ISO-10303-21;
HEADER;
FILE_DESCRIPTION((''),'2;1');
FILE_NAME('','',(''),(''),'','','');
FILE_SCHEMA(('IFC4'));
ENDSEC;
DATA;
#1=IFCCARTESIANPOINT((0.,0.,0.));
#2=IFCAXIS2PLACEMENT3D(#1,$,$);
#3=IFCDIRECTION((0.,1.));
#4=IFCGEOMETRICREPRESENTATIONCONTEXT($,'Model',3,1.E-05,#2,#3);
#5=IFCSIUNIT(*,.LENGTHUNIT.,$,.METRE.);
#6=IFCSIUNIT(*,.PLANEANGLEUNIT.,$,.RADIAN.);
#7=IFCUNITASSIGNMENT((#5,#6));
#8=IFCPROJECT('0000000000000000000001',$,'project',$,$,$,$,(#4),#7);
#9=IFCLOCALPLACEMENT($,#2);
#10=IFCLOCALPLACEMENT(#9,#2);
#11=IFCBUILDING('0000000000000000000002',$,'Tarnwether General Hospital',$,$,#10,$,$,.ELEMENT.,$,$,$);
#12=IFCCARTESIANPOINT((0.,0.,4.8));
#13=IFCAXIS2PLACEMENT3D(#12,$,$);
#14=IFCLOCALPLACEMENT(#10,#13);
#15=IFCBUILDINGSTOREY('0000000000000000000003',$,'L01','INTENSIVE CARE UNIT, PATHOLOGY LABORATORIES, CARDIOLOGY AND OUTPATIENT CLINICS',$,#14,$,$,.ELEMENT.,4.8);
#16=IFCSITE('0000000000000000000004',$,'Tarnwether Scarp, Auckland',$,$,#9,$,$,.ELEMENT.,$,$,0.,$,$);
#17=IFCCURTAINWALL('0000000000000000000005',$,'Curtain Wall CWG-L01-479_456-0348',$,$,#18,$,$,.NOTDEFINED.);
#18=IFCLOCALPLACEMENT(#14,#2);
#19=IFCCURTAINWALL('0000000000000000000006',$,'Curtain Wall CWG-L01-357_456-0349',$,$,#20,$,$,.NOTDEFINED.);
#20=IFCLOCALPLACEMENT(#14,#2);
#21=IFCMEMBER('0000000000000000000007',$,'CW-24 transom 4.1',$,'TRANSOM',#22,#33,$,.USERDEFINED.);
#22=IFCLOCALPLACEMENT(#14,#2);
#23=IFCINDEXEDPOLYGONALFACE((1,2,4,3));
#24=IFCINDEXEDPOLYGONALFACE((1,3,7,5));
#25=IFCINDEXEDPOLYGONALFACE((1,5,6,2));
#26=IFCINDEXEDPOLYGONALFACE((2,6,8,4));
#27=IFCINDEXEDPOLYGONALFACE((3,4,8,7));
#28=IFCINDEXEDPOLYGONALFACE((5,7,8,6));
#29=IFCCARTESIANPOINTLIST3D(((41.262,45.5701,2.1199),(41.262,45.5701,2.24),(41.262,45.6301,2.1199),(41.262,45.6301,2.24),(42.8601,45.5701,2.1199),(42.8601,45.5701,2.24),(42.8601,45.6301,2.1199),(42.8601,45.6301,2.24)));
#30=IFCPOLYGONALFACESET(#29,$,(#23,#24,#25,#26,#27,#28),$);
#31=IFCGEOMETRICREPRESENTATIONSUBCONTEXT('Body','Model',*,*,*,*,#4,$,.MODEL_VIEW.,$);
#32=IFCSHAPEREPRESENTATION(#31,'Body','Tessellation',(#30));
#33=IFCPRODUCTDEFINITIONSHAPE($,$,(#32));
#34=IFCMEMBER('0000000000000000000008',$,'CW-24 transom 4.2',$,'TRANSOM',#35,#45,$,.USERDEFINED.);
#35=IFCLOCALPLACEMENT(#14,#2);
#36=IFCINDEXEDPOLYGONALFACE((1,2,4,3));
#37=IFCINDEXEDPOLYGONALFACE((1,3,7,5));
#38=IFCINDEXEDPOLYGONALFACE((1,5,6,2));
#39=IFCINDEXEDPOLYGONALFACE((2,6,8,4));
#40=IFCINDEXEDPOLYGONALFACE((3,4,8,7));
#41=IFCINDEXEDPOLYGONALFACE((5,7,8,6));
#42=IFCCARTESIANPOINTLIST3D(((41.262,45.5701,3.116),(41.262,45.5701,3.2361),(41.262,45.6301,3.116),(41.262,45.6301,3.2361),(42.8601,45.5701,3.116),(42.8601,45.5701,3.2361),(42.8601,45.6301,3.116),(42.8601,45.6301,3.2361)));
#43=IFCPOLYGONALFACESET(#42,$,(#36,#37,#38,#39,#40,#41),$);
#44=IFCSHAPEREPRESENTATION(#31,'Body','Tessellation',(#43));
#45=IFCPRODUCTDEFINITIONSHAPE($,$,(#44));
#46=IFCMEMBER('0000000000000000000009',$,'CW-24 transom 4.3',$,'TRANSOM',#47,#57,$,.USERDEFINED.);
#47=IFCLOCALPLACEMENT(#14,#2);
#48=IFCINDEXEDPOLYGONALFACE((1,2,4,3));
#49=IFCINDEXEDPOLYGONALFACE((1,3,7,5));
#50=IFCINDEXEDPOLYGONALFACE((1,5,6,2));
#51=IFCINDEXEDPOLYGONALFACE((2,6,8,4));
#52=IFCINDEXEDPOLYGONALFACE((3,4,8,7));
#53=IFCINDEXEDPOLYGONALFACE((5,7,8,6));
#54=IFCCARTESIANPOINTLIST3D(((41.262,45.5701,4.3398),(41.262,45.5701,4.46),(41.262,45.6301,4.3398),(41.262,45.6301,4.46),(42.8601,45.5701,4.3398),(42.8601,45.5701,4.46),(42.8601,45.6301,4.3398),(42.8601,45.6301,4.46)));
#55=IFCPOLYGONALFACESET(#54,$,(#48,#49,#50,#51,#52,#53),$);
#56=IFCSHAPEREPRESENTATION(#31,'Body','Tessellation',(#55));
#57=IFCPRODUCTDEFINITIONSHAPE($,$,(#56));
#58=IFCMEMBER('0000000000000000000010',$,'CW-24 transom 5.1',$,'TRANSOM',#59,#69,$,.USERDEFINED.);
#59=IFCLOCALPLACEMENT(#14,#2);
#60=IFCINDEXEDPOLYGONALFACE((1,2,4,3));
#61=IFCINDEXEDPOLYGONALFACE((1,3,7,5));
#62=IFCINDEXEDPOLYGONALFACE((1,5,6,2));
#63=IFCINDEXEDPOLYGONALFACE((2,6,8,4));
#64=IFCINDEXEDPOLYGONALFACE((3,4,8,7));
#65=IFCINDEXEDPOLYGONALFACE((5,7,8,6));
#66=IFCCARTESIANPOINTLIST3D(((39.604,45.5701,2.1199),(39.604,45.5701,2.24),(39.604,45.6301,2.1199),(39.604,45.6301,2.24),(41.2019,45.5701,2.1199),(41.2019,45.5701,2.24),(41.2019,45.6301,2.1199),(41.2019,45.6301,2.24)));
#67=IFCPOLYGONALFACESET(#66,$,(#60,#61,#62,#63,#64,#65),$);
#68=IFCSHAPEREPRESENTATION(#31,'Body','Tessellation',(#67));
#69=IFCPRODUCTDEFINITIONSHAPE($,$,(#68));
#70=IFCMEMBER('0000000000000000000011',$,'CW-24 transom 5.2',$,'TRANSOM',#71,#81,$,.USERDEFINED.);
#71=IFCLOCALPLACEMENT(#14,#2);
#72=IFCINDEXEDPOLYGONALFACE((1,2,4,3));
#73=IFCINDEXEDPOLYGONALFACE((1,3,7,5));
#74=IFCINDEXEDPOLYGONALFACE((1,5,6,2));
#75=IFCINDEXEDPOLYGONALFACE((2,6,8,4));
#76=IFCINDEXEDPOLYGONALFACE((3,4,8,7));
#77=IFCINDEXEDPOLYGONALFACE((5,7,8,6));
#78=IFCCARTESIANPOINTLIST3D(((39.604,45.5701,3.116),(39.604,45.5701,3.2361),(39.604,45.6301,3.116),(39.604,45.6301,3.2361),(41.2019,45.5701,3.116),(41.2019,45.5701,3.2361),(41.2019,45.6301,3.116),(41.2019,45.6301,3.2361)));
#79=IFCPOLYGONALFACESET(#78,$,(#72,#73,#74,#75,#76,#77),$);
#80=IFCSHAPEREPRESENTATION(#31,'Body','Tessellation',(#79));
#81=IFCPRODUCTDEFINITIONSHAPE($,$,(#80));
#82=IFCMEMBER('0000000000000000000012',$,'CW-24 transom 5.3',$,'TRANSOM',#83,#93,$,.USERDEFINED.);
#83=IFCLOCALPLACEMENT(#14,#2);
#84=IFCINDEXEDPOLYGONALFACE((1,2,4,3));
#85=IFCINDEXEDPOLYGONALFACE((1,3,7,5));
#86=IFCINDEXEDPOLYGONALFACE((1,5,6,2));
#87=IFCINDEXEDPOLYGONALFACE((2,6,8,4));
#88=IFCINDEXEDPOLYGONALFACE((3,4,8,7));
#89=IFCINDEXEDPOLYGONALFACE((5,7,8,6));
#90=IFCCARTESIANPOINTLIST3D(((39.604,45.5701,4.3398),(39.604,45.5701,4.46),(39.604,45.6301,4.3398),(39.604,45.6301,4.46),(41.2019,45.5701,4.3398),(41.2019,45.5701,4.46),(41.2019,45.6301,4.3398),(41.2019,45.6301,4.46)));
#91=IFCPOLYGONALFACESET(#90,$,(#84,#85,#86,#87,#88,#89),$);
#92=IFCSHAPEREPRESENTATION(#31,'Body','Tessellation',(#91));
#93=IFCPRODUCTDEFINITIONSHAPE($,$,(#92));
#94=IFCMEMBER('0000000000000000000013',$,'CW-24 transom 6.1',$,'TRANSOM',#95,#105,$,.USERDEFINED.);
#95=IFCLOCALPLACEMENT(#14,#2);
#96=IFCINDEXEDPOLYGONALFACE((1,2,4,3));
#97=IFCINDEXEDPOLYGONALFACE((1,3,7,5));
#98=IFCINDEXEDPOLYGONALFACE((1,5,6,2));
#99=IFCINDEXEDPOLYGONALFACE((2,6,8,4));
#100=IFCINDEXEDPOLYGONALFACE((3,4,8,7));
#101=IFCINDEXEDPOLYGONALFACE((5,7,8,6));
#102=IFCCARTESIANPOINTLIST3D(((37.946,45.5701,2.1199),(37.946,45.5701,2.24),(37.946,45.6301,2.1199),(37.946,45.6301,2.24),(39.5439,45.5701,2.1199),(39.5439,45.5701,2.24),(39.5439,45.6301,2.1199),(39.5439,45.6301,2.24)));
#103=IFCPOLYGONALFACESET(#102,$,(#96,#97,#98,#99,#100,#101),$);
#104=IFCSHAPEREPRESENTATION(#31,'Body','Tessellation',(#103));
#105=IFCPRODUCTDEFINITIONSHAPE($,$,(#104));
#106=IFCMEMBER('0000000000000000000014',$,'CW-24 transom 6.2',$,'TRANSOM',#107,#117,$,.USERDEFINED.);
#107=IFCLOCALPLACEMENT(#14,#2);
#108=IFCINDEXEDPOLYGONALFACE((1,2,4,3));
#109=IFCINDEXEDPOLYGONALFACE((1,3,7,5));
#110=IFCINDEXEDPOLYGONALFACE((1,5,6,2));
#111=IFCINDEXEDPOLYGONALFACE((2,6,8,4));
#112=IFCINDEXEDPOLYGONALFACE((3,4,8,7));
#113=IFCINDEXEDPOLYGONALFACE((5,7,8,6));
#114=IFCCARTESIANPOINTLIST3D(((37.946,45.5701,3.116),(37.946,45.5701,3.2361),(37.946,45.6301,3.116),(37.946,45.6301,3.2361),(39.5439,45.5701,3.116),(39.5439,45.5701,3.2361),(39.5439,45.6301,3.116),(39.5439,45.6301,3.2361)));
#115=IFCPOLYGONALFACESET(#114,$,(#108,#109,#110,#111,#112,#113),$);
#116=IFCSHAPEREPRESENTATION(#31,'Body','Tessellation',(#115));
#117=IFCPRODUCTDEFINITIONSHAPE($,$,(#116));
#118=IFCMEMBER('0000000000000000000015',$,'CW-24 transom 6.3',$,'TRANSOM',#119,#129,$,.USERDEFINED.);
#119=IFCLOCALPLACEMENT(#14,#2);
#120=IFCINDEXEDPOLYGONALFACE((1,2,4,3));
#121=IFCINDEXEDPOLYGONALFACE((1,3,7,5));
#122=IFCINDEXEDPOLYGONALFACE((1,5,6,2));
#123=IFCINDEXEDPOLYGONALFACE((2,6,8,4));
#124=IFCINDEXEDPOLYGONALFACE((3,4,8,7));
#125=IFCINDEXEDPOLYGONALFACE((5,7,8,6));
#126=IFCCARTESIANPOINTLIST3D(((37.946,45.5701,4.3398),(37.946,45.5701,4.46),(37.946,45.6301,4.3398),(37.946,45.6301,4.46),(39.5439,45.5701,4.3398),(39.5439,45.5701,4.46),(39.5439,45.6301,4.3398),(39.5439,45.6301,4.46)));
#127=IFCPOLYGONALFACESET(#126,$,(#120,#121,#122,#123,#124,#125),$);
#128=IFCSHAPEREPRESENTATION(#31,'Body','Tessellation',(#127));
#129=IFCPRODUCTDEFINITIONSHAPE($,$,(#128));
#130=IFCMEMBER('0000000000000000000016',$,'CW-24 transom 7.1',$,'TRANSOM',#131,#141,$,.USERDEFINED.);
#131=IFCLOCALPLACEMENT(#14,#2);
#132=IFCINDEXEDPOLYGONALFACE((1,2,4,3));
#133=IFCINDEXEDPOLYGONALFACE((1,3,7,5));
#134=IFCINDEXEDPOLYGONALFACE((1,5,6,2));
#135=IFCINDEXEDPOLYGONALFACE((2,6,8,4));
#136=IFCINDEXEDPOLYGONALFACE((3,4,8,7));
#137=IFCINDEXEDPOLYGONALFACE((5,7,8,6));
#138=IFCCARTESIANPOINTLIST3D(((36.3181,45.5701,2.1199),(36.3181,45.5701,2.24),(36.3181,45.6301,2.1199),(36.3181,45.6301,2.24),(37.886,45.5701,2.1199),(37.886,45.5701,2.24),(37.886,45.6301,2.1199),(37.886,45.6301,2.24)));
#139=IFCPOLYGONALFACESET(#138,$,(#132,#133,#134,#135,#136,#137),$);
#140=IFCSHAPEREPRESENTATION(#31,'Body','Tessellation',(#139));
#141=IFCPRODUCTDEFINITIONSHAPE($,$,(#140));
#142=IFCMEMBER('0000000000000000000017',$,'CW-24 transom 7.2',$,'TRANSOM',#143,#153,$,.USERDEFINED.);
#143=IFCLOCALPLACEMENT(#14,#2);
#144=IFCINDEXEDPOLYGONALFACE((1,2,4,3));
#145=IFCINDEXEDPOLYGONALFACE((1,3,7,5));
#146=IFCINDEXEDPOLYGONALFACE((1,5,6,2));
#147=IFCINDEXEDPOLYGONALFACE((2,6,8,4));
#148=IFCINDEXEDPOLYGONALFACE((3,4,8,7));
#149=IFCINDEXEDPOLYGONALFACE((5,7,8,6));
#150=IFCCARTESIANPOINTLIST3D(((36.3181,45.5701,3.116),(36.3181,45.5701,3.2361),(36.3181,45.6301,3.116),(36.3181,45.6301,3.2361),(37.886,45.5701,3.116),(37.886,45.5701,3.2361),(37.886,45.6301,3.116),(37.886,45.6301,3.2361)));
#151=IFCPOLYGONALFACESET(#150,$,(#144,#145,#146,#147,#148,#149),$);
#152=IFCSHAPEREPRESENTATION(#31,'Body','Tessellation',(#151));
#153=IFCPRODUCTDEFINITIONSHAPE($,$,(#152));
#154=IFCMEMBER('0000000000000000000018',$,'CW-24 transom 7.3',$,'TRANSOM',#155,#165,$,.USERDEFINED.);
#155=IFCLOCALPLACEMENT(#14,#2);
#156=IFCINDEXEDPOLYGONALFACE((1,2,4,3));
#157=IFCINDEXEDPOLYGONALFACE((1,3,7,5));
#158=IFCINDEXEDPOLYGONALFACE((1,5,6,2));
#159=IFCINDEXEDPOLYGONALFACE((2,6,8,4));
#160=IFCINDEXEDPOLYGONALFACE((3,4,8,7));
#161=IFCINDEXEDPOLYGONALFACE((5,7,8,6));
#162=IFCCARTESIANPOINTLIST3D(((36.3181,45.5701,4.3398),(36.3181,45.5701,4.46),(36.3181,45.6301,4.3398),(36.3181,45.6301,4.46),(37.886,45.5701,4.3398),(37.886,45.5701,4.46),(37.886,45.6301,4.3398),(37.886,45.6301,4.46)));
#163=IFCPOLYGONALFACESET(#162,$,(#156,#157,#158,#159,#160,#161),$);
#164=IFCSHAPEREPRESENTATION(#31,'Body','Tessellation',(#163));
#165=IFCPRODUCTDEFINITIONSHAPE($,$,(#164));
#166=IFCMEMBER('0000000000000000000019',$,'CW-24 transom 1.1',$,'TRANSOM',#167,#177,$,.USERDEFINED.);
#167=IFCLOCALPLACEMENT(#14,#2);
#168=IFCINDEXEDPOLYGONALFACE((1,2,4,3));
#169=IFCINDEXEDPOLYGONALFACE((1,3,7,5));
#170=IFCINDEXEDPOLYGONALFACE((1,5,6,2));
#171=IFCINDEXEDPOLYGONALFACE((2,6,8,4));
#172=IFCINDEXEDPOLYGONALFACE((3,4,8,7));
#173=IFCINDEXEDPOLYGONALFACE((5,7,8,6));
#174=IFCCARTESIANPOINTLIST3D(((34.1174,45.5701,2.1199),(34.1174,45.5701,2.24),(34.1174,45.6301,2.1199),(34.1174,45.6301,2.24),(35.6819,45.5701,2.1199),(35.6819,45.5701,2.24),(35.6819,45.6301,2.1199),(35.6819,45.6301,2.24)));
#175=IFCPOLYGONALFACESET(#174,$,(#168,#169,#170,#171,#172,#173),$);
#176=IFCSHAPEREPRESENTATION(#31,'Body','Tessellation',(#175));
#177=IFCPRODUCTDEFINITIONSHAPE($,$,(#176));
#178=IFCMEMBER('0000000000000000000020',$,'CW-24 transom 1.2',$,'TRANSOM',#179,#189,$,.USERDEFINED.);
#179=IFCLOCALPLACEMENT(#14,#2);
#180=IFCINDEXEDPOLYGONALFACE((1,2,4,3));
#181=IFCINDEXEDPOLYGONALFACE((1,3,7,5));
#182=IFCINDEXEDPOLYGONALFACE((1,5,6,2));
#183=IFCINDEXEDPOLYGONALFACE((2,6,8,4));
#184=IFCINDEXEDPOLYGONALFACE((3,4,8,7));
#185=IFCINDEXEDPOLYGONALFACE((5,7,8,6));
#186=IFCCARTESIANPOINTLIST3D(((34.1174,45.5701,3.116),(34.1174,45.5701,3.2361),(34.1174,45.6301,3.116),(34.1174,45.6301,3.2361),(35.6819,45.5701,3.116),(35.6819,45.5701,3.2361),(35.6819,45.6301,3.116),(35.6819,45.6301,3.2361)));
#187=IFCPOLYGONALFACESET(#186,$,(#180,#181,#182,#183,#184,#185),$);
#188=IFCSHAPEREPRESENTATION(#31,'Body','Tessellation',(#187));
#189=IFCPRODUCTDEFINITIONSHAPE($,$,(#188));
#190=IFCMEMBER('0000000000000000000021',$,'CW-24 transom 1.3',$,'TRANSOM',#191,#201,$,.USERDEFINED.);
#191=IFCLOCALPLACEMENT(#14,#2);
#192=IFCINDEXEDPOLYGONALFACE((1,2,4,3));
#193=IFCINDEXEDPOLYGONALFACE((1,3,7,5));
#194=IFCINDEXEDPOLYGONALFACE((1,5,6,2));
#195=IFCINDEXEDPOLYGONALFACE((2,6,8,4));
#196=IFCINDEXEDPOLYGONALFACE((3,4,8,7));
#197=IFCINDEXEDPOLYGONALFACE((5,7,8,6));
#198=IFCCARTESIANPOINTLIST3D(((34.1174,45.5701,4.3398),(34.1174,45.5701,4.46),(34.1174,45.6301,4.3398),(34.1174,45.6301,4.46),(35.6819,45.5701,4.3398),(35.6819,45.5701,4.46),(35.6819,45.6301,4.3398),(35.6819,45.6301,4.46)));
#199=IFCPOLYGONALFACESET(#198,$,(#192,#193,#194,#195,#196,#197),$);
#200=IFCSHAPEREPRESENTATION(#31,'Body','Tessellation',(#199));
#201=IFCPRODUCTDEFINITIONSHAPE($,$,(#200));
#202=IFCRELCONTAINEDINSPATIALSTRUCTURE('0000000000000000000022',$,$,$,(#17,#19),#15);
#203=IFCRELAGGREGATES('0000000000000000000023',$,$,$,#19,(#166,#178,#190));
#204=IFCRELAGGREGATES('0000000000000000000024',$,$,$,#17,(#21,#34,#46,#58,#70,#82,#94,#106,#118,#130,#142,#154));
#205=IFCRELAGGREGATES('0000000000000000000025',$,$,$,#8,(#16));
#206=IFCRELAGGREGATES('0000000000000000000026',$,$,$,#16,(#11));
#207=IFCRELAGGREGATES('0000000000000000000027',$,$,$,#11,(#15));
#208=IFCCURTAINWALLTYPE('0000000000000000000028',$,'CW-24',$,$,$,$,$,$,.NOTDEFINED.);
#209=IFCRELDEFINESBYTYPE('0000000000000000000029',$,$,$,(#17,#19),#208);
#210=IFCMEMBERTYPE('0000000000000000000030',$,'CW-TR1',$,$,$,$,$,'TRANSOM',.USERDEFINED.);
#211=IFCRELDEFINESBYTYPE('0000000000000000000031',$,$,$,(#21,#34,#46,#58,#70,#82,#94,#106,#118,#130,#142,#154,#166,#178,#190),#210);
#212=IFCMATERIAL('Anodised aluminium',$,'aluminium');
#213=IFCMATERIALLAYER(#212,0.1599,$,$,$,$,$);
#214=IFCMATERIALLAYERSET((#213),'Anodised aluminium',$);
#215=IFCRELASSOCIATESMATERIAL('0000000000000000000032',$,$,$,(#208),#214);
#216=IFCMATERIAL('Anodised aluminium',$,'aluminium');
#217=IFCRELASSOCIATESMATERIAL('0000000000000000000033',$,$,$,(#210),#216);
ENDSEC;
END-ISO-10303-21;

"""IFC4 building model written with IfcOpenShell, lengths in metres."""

from ifc_helpers import new_model, si_unit, direction, frame, origin, origin_2d, place, context, subcontext, project, spatial, rectangle, extrude, material, layer, layer_set, material_profile, profile_set, type_object, element, aggregate, save


model = new_model("IFC4")

# Units and contexts
model_context = context("Model", 3, precision=1e-05, world=origin(), true_north=direction((0.0, 1.0)))
body_context = subcontext(model_context, "Body", "Model", "MODEL_VIEW")
ifc_project = project(units=[si_unit("LENGTHUNIT", "METRE"), si_unit("PLANEANGLEUNIT", "RADIAN")], contexts=[model_context])

# Site, building, storey
site_placement = place(None, origin())
site = spatial("IfcSite", under=ifc_project, at=site_placement, Name="Tarnwether Scarp, Auckland", CompositionType="ELEMENT", RefElevation=0.0)
building_placement = place(site_placement, origin())
building = spatial("IfcBuilding", under=site, at=building_placement, Name="Tarnwether General Hospital", CompositionType="ELEMENT")
storey_placement = place(building_placement, frame((0.0, 0.0, 4.8)))
storey = spatial("IfcBuildingStorey", under=building, at=storey_placement, Name="L01", Description="INTENSIVE CARE UNIT, PATHOLOGY LABORATORIES, CARDIOLOGY AND OUTPATIENT CLINICS", CompositionType="ELEMENT", Elevation=4.8)

# Curtain wall
ifc_material_1 = material(Name="Anodised aluminium", Category="aluminium")
ifc_layer_1 = layer(ifc_material_1, 0.1599)
ifc_layer_set_1 = layer_set([ifc_layer_1], Name="Anodised aluminium")
curtain_wall_type = type_object("IfcCurtainWallType", Name="CW-24", PredefinedType="NOTDEFINED", material=ifc_layer_set_1)
curtain_wall_1_placement = place(storey_placement, origin())
curtain_wall_1 = element("IfcCurtainWall", 1, at=curtain_wall_1_placement, inside=storey, type_object=curtain_wall_type, Name="Curtain Wall CWG-L01-479_456-0348", PredefinedType="NOTDEFINED")

# Curtain wall
curtain_wall_2_placement = place(storey_placement, origin())
curtain_wall_2 = element("IfcCurtainWall", 2, at=curtain_wall_2_placement, inside=storey, type_object=curtain_wall_type, Name="Curtain Wall CWG-L01-357_456-0349", PredefinedType="NOTDEFINED")

# Members
ifc_material_2 = material(Name="Anodised aluminium", Category="aluminium")
ifc_material_profile_1 = material_profile(ifc_material_2, rectangle(XDim=0.0601, YDim=0.1201, at=origin_2d()), Name="ALU-TRN-60x120")
ifc_profile_set_1 = profile_set([ifc_material_profile_1], Name="Anodised aluminium")
member_type_1 = type_object("IfcMemberType", Name="CW-TR1", ElementType="TRANSOM", PredefinedType="USERDEFINED", material=ifc_profile_set_1)
member_1_placement = place(storey_placement, frame((42.8601, 45.6001, 2.1799), z_axis=(-1.0, 0.0, 0.0), x_axis=(0.0, -1.0, 0.0)))
member_1 = element("IfcMember", 3, at=member_1_placement, type_object=member_type_1, Name="CW-24 transom 4.1", ObjectType="TRANSOM", PredefinedType="USERDEFINED", context=body_context, shape_type="SweptSolid", body=[
    extrude(rectangle(XDim=0.0601, YDim=0.1201, at=origin_2d()), origin(), (0.0, 0.0, 1.0), 1.5981),
])
member_2_placement = place(storey_placement, frame((42.8601, 45.6001, 3.176), z_axis=(-1.0, 0.0, 0.0), x_axis=(0.0, -1.0, 0.0)))
member_2 = element("IfcMember", 4, at=member_2_placement, type_object=member_type_1, Name="CW-24 transom 4.2", ObjectType="TRANSOM", PredefinedType="USERDEFINED", context=body_context, shape_type="SweptSolid", body=[
    extrude(rectangle(XDim=0.0601, YDim=0.1201, at=origin_2d()), origin(), (0.0, 0.0, 1.0), 1.5981),
])
member_3_placement = place(storey_placement, frame((42.8601, 45.6001, 4.3999), z_axis=(-1.0, 0.0, 0.0), x_axis=(0.0, -1.0, 0.0)))
member_3 = element("IfcMember", 5, at=member_3_placement, type_object=member_type_1, Name="CW-24 transom 4.3", ObjectType="TRANSOM", PredefinedType="USERDEFINED", context=body_context, shape_type="SweptSolid", body=[
    extrude(rectangle(XDim=0.0601, YDim=0.1201, at=origin_2d()), origin(), (0.0, 0.0, 1.0), 1.5981),
])
member_4_placement = place(storey_placement, frame((41.2019, 45.6001, 2.1799), z_axis=(-1.0, 0.0, 0.0), x_axis=(0.0, -1.0, 0.0)))
member_4 = element("IfcMember", 6, at=member_4_placement, type_object=member_type_1, Name="CW-24 transom 5.1", ObjectType="TRANSOM", PredefinedType="USERDEFINED", context=body_context, shape_type="SweptSolid", body=[
    extrude(rectangle(XDim=0.0601, YDim=0.1201, at=origin_2d()), origin(), (0.0, 0.0, 1.0), 1.5979),
])
member_5_placement = place(storey_placement, frame((41.2019, 45.6001, 3.176), z_axis=(-1.0, 0.0, 0.0), x_axis=(0.0, -1.0, 0.0)))
member_5 = element("IfcMember", 7, at=member_5_placement, type_object=member_type_1, Name="CW-24 transom 5.2", ObjectType="TRANSOM", PredefinedType="USERDEFINED", context=body_context, shape_type="SweptSolid", body=[
    extrude(rectangle(XDim=0.0601, YDim=0.1201, at=origin_2d()), origin(), (0.0, 0.0, 1.0), 1.5979),
])
member_6_placement = place(storey_placement, frame((41.2019, 45.6001, 4.3999), z_axis=(-1.0, 0.0, 0.0), x_axis=(0.0, -1.0, 0.0)))
member_6 = element("IfcMember", 8, at=member_6_placement, type_object=member_type_1, Name="CW-24 transom 5.3", ObjectType="TRANSOM", PredefinedType="USERDEFINED", context=body_context, shape_type="SweptSolid", body=[
    extrude(rectangle(XDim=0.0601, YDim=0.1201, at=origin_2d()), origin(), (0.0, 0.0, 1.0), 1.5979),
])
member_7_placement = place(storey_placement, frame((39.5439, 45.6001, 2.1799), z_axis=(-1.0, 0.0, 0.0), x_axis=(0.0, -1.0, 0.0)))
member_7 = element("IfcMember", 9, at=member_7_placement, type_object=member_type_1, Name="CW-24 transom 6.1", ObjectType="TRANSOM", PredefinedType="USERDEFINED", context=body_context, shape_type="SweptSolid", body=[
    extrude(rectangle(XDim=0.0601, YDim=0.1201, at=origin_2d()), origin(), (0.0, 0.0, 1.0), 1.5979),
])
member_8_placement = place(storey_placement, frame((39.5439, 45.6001, 3.176), z_axis=(-1.0, 0.0, 0.0), x_axis=(0.0, -1.0, 0.0)))
member_8 = element("IfcMember", 10, at=member_8_placement, type_object=member_type_1, Name="CW-24 transom 6.2", ObjectType="TRANSOM", PredefinedType="USERDEFINED", context=body_context, shape_type="SweptSolid", body=[
    extrude(rectangle(XDim=0.0601, YDim=0.1201, at=origin_2d()), origin(), (0.0, 0.0, 1.0), 1.5979),
])
member_9_placement = place(storey_placement, frame((39.5439, 45.6001, 4.3999), z_axis=(-1.0, 0.0, 0.0), x_axis=(0.0, -1.0, 0.0)))
member_9 = element("IfcMember", 11, at=member_9_placement, type_object=member_type_1, Name="CW-24 transom 6.3", ObjectType="TRANSOM", PredefinedType="USERDEFINED", context=body_context, shape_type="SweptSolid", body=[
    extrude(rectangle(XDim=0.0601, YDim=0.1201, at=origin_2d()), origin(), (0.0, 0.0, 1.0), 1.5979),
])
member_10_placement = place(storey_placement, frame((37.886, 45.6001, 2.1799), z_axis=(-1.0, 0.0, 0.0), x_axis=(0.0, -1.0, 0.0)))
member_10 = element("IfcMember", 12, at=member_10_placement, type_object=member_type_1, Name="CW-24 transom 7.1", ObjectType="TRANSOM", PredefinedType="USERDEFINED", context=body_context, shape_type="SweptSolid", body=[
    extrude(rectangle(XDim=0.0601, YDim=0.1201, at=origin_2d()), origin(), (0.0, 0.0, 1.0), 1.5679),
])
member_11_placement = place(storey_placement, frame((37.886, 45.6001, 3.176), z_axis=(-1.0, 0.0, 0.0), x_axis=(0.0, -1.0, 0.0)))
member_11 = element("IfcMember", 13, at=member_11_placement, type_object=member_type_1, Name="CW-24 transom 7.2", ObjectType="TRANSOM", PredefinedType="USERDEFINED", context=body_context, shape_type="SweptSolid", body=[
    extrude(rectangle(XDim=0.0601, YDim=0.1201, at=origin_2d()), origin(), (0.0, 0.0, 1.0), 1.5679),
])
member_12_placement = place(storey_placement, frame((37.886, 45.6001, 4.3999), z_axis=(-1.0, 0.0, 0.0), x_axis=(0.0, -1.0, 0.0)))
member_12 = element("IfcMember", 14, at=member_12_placement, type_object=member_type_1, Name="CW-24 transom 7.3", ObjectType="TRANSOM", PredefinedType="USERDEFINED", context=body_context, shape_type="SweptSolid", body=[
    extrude(rectangle(XDim=0.0601, YDim=0.1201, at=origin_2d()), origin(), (0.0, 0.0, 1.0), 1.5679),
])
member_13_placement = place(storey_placement, frame((35.6819, 45.6001, 2.1799), z_axis=(-1.0, 0.0, 0.0), x_axis=(0.0, -1.0, 0.0)))
member_13 = element("IfcMember", 15, at=member_13_placement, type_object=member_type_1, Name="CW-24 transom 1.1", ObjectType="TRANSOM", PredefinedType="USERDEFINED", context=body_context, shape_type="SweptSolid", body=[
    extrude(rectangle(XDim=0.0601, YDim=0.1201, at=origin_2d()), origin(), (0.0, 0.0, 1.0), 1.5645),
])
member_14_placement = place(storey_placement, frame((35.6819, 45.6001, 3.176), z_axis=(-1.0, 0.0, 0.0), x_axis=(0.0, -1.0, 0.0)))
member_14 = element("IfcMember", 16, at=member_14_placement, type_object=member_type_1, Name="CW-24 transom 1.2", ObjectType="TRANSOM", PredefinedType="USERDEFINED", context=body_context, shape_type="SweptSolid", body=[
    extrude(rectangle(XDim=0.0601, YDim=0.1201, at=origin_2d()), origin(), (0.0, 0.0, 1.0), 1.5645),
])
member_15_placement = place(storey_placement, frame((35.6819, 45.6001, 4.3999), z_axis=(-1.0, 0.0, 0.0), x_axis=(0.0, -1.0, 0.0)))
member_15 = element("IfcMember", 17, at=member_15_placement, type_object=member_type_1, Name="CW-24 transom 1.3", ObjectType="TRANSOM", PredefinedType="USERDEFINED", context=body_context, shape_type="SweptSolid", body=[
    extrude(rectangle(XDim=0.0601, YDim=0.1201, at=origin_2d()), origin(), (0.0, 0.0, 1.0), 1.5645),
])
aggregate(curtain_wall_2, [member_13, member_14, member_15])

aggregate(curtain_wall_1, [member_1, member_2, member_3, member_4, member_5, member_6, member_7, member_8, member_9, member_10, member_11, member_12])

save(model, "model.ifc")
